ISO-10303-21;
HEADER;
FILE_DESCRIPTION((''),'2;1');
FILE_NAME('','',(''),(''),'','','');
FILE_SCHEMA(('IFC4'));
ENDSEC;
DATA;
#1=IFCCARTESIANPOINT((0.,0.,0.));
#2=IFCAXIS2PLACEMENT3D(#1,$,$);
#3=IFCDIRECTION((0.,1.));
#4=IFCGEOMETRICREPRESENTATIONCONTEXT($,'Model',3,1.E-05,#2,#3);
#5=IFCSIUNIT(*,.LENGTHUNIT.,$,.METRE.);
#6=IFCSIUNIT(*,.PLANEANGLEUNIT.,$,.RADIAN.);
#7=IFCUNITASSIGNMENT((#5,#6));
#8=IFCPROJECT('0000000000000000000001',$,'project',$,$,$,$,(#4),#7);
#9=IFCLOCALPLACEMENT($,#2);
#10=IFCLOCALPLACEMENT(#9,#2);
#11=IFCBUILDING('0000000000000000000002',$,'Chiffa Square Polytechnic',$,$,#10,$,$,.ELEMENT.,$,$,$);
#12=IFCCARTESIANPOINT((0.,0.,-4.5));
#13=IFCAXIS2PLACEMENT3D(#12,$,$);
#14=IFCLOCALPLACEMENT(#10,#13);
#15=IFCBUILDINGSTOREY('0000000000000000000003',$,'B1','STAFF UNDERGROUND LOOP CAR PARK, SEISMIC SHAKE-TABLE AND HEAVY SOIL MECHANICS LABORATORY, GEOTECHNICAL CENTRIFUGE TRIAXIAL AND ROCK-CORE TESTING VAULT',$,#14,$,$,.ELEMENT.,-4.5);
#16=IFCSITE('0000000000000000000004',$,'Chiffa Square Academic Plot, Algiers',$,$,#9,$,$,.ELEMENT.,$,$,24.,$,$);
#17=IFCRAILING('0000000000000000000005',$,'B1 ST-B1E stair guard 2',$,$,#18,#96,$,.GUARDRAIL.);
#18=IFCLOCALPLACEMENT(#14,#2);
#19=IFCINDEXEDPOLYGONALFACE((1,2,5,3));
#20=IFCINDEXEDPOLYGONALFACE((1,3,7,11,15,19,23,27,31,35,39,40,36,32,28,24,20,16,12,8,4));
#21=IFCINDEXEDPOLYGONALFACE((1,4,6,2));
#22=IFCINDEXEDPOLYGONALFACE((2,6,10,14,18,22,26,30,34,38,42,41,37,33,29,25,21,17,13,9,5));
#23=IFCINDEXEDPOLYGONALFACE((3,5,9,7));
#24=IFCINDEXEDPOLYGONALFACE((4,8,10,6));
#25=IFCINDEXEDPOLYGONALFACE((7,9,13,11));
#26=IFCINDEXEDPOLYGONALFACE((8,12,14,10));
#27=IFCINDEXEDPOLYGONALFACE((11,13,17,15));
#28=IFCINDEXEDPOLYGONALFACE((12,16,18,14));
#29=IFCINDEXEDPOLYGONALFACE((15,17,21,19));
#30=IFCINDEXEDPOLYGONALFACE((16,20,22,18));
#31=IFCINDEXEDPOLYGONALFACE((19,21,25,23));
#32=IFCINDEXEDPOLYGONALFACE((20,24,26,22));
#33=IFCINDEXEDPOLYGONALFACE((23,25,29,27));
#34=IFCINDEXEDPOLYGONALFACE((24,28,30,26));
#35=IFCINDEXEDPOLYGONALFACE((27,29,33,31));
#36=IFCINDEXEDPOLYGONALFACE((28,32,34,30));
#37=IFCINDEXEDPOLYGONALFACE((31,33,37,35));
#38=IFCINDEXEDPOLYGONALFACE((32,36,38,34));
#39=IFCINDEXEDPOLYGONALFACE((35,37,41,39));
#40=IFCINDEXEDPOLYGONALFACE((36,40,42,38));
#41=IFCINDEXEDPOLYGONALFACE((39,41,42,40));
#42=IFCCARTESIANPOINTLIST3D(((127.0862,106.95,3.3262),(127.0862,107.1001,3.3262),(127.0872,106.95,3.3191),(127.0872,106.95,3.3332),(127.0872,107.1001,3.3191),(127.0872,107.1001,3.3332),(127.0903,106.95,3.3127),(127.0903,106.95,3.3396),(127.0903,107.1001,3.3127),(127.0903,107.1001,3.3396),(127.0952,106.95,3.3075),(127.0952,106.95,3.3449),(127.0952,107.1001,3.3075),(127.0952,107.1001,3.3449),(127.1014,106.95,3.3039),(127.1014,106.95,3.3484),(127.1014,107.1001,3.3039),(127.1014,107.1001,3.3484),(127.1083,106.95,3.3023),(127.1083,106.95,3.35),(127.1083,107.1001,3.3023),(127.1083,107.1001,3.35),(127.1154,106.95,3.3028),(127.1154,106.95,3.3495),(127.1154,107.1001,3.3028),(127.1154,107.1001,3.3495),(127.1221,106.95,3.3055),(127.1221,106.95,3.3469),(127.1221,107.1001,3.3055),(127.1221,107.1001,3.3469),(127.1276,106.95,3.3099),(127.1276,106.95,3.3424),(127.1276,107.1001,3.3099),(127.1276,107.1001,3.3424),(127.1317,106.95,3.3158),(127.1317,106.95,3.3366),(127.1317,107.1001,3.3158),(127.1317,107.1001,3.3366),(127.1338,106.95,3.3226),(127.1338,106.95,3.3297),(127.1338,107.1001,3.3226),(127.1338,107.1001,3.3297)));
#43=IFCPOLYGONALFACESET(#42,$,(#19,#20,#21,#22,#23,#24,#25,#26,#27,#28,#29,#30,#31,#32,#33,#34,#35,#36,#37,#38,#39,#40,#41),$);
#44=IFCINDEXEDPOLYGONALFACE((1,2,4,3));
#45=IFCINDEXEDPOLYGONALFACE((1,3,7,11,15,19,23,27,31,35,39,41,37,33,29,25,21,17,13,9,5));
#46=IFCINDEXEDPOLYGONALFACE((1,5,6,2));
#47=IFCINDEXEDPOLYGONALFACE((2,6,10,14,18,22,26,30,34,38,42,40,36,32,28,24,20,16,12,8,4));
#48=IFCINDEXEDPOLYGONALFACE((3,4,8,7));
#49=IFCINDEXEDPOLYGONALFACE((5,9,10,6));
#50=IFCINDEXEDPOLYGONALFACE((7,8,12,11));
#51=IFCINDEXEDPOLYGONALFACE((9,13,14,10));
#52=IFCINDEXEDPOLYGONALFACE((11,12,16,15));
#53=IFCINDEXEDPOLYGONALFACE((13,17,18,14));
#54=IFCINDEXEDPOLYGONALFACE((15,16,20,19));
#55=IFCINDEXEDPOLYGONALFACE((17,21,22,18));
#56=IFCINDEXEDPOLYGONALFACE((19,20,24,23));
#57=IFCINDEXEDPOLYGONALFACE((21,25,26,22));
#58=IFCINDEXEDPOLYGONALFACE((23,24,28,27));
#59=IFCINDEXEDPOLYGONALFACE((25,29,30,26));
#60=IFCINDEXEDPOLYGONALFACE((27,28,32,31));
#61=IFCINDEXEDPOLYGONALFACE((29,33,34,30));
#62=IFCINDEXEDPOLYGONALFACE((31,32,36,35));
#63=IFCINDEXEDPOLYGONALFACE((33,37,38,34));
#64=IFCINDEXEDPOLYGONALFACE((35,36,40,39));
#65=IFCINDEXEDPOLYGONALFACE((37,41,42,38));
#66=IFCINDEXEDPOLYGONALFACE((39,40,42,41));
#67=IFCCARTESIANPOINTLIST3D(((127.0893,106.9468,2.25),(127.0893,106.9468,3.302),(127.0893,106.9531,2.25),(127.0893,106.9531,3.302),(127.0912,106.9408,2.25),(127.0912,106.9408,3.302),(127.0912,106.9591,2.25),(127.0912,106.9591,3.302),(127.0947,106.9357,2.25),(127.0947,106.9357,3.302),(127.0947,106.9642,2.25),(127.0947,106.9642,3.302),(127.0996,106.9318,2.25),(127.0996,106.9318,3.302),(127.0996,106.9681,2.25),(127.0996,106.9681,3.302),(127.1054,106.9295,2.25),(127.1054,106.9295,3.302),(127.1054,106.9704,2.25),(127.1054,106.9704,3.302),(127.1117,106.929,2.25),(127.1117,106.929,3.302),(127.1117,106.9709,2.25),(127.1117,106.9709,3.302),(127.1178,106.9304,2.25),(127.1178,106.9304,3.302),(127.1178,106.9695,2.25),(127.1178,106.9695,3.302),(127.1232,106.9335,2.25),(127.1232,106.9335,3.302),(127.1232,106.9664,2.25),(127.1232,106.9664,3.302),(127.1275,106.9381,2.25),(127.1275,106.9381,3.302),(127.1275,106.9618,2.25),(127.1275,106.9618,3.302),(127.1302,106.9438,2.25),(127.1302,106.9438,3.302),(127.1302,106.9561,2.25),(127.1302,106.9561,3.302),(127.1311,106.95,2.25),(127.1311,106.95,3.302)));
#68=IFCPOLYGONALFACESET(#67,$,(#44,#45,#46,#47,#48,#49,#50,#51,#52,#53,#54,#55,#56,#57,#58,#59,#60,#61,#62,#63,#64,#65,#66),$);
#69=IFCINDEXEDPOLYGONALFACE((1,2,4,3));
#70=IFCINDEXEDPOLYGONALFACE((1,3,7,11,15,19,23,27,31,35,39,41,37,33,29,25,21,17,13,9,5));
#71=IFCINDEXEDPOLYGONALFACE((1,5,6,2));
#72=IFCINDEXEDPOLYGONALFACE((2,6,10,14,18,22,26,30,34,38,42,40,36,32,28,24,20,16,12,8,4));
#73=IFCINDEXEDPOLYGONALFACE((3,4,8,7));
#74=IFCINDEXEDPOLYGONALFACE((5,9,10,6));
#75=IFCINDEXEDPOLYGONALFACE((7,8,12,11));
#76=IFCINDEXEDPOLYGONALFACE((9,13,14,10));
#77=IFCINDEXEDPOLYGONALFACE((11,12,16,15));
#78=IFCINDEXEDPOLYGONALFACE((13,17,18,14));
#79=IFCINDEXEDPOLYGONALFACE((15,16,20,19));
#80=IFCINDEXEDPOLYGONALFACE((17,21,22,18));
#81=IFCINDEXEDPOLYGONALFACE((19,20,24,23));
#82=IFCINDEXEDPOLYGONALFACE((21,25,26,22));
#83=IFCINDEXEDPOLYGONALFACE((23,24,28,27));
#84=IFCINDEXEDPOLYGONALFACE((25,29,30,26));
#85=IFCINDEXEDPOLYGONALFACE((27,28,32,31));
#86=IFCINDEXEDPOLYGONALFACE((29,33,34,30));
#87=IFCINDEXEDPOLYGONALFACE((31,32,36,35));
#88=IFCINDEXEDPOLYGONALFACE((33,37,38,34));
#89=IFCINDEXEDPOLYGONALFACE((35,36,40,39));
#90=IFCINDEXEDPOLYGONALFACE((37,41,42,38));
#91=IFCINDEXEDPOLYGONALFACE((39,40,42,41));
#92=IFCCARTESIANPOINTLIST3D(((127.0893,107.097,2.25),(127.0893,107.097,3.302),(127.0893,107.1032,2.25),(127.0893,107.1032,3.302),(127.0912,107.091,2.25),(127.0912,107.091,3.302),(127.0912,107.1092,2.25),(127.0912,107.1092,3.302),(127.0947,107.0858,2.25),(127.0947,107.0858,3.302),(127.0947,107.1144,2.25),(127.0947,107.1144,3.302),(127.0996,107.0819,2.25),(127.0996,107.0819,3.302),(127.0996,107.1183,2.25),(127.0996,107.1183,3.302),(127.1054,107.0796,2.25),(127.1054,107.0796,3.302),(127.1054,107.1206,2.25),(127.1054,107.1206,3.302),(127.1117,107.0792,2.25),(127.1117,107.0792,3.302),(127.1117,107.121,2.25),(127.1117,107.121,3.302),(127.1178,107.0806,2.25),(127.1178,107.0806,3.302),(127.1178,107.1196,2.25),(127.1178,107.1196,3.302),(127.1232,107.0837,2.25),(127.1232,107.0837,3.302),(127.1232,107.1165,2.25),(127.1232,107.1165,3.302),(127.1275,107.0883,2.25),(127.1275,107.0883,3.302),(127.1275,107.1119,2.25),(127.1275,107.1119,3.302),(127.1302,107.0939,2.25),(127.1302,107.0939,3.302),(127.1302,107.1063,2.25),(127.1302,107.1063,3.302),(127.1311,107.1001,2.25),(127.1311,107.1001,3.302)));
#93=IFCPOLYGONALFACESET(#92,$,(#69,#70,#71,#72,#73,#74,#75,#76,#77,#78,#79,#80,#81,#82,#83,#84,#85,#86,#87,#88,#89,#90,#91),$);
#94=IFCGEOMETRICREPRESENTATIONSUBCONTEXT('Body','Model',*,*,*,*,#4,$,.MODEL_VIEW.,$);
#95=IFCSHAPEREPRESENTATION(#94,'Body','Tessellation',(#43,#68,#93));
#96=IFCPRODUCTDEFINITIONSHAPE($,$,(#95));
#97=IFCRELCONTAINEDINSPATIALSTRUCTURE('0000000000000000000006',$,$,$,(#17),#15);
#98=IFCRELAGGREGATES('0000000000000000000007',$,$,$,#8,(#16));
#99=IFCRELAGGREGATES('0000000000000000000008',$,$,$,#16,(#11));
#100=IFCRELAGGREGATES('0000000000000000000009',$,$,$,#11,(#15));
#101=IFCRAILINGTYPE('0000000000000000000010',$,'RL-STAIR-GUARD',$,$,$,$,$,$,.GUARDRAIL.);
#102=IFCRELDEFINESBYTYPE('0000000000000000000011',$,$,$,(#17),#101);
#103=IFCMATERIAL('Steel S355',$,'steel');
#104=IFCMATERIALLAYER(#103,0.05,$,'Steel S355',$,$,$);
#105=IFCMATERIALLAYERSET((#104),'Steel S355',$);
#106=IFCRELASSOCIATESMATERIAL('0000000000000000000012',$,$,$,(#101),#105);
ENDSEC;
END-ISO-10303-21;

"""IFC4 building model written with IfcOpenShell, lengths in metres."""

from ifc_helpers import new_model, si_unit, direction, frame, origin, origin_2d, place, context, subcontext, project, spatial, circle, extrude, material, layer, layer_set, type_object, element, save


model = new_model("IFC4")

# Units and contexts
model_context = context("Model", 3, precision=1e-05, world=origin(), true_north=direction((0.0, 1.0)))
body_context = subcontext(model_context, "Body", "Model", "MODEL_VIEW")
ifc_project = project(units=[si_unit("LENGTHUNIT", "METRE"), si_unit("PLANEANGLEUNIT", "RADIAN")], contexts=[model_context])

# Site, building, storey
site_placement = place(None, origin())
site = spatial("IfcSite", under=ifc_project, at=site_placement, Name="Chiffa Square Academic Plot, Algiers", CompositionType="ELEMENT", RefElevation=24.0)
building_placement = place(site_placement, origin())
building = spatial("IfcBuilding", under=site, at=building_placement, Name="Chiffa Square Polytechnic", CompositionType="ELEMENT")
storey_placement = place(building_placement, frame((0.0, 0.0, -4.5)))
storey = spatial("IfcBuildingStorey", under=building, at=storey_placement, Name="B1", Description="STAFF UNDERGROUND LOOP CAR PARK, SEISMIC SHAKE-TABLE AND HEAVY SOIL MECHANICS LABORATORY, GEOTECHNICAL CENTRIFUGE TRIAXIAL AND ROCK-CORE TESTING VAULT", CompositionType="ELEMENT", Elevation=-4.5)

# Railing
ifc_material_1 = material(Name="Steel S355", Category="steel")
ifc_layer_1 = layer(ifc_material_1, 0.05, Name="Steel S355")
ifc_layer_set_1 = layer_set([ifc_layer_1], Name="Steel S355")
railing_type_1 = type_object("IfcRailingType", Name="RL-STAIR-GUARD", PredefinedType="GUARDRAIL", material=ifc_layer_set_1)
railing_1_placement = place(storey_placement, frame((127.1101, 106.95, 2.25)))
element("IfcRailing", 1, at=railing_1_placement, inside=storey, type_object=railing_type_1, Name="B1 ST-B1E stair guard 2", PredefinedType="GUARDRAIL", context=body_context, shape_type="SweptSolid", body=[
    extrude(circle(Radius=0.0239, at=origin_2d()), frame((0.0, 0.0, 1.0762), z_axis=(0.0, 1.0, 0.0), x_axis=(-1.0, 0.0, 0.0)), (0.0, 0.0, 1.0), 0.1501),
    extrude(circle(Radius=0.021, at=origin_2d()), origin(), (0.0, 0.0, 1.0), 1.052),
    extrude(circle(Radius=0.021, at=origin_2d()), frame((0.0, 0.1501, 0.0)), (0.0, 0.0, 1.0), 1.052),
])

save(model, "model.ifc")
